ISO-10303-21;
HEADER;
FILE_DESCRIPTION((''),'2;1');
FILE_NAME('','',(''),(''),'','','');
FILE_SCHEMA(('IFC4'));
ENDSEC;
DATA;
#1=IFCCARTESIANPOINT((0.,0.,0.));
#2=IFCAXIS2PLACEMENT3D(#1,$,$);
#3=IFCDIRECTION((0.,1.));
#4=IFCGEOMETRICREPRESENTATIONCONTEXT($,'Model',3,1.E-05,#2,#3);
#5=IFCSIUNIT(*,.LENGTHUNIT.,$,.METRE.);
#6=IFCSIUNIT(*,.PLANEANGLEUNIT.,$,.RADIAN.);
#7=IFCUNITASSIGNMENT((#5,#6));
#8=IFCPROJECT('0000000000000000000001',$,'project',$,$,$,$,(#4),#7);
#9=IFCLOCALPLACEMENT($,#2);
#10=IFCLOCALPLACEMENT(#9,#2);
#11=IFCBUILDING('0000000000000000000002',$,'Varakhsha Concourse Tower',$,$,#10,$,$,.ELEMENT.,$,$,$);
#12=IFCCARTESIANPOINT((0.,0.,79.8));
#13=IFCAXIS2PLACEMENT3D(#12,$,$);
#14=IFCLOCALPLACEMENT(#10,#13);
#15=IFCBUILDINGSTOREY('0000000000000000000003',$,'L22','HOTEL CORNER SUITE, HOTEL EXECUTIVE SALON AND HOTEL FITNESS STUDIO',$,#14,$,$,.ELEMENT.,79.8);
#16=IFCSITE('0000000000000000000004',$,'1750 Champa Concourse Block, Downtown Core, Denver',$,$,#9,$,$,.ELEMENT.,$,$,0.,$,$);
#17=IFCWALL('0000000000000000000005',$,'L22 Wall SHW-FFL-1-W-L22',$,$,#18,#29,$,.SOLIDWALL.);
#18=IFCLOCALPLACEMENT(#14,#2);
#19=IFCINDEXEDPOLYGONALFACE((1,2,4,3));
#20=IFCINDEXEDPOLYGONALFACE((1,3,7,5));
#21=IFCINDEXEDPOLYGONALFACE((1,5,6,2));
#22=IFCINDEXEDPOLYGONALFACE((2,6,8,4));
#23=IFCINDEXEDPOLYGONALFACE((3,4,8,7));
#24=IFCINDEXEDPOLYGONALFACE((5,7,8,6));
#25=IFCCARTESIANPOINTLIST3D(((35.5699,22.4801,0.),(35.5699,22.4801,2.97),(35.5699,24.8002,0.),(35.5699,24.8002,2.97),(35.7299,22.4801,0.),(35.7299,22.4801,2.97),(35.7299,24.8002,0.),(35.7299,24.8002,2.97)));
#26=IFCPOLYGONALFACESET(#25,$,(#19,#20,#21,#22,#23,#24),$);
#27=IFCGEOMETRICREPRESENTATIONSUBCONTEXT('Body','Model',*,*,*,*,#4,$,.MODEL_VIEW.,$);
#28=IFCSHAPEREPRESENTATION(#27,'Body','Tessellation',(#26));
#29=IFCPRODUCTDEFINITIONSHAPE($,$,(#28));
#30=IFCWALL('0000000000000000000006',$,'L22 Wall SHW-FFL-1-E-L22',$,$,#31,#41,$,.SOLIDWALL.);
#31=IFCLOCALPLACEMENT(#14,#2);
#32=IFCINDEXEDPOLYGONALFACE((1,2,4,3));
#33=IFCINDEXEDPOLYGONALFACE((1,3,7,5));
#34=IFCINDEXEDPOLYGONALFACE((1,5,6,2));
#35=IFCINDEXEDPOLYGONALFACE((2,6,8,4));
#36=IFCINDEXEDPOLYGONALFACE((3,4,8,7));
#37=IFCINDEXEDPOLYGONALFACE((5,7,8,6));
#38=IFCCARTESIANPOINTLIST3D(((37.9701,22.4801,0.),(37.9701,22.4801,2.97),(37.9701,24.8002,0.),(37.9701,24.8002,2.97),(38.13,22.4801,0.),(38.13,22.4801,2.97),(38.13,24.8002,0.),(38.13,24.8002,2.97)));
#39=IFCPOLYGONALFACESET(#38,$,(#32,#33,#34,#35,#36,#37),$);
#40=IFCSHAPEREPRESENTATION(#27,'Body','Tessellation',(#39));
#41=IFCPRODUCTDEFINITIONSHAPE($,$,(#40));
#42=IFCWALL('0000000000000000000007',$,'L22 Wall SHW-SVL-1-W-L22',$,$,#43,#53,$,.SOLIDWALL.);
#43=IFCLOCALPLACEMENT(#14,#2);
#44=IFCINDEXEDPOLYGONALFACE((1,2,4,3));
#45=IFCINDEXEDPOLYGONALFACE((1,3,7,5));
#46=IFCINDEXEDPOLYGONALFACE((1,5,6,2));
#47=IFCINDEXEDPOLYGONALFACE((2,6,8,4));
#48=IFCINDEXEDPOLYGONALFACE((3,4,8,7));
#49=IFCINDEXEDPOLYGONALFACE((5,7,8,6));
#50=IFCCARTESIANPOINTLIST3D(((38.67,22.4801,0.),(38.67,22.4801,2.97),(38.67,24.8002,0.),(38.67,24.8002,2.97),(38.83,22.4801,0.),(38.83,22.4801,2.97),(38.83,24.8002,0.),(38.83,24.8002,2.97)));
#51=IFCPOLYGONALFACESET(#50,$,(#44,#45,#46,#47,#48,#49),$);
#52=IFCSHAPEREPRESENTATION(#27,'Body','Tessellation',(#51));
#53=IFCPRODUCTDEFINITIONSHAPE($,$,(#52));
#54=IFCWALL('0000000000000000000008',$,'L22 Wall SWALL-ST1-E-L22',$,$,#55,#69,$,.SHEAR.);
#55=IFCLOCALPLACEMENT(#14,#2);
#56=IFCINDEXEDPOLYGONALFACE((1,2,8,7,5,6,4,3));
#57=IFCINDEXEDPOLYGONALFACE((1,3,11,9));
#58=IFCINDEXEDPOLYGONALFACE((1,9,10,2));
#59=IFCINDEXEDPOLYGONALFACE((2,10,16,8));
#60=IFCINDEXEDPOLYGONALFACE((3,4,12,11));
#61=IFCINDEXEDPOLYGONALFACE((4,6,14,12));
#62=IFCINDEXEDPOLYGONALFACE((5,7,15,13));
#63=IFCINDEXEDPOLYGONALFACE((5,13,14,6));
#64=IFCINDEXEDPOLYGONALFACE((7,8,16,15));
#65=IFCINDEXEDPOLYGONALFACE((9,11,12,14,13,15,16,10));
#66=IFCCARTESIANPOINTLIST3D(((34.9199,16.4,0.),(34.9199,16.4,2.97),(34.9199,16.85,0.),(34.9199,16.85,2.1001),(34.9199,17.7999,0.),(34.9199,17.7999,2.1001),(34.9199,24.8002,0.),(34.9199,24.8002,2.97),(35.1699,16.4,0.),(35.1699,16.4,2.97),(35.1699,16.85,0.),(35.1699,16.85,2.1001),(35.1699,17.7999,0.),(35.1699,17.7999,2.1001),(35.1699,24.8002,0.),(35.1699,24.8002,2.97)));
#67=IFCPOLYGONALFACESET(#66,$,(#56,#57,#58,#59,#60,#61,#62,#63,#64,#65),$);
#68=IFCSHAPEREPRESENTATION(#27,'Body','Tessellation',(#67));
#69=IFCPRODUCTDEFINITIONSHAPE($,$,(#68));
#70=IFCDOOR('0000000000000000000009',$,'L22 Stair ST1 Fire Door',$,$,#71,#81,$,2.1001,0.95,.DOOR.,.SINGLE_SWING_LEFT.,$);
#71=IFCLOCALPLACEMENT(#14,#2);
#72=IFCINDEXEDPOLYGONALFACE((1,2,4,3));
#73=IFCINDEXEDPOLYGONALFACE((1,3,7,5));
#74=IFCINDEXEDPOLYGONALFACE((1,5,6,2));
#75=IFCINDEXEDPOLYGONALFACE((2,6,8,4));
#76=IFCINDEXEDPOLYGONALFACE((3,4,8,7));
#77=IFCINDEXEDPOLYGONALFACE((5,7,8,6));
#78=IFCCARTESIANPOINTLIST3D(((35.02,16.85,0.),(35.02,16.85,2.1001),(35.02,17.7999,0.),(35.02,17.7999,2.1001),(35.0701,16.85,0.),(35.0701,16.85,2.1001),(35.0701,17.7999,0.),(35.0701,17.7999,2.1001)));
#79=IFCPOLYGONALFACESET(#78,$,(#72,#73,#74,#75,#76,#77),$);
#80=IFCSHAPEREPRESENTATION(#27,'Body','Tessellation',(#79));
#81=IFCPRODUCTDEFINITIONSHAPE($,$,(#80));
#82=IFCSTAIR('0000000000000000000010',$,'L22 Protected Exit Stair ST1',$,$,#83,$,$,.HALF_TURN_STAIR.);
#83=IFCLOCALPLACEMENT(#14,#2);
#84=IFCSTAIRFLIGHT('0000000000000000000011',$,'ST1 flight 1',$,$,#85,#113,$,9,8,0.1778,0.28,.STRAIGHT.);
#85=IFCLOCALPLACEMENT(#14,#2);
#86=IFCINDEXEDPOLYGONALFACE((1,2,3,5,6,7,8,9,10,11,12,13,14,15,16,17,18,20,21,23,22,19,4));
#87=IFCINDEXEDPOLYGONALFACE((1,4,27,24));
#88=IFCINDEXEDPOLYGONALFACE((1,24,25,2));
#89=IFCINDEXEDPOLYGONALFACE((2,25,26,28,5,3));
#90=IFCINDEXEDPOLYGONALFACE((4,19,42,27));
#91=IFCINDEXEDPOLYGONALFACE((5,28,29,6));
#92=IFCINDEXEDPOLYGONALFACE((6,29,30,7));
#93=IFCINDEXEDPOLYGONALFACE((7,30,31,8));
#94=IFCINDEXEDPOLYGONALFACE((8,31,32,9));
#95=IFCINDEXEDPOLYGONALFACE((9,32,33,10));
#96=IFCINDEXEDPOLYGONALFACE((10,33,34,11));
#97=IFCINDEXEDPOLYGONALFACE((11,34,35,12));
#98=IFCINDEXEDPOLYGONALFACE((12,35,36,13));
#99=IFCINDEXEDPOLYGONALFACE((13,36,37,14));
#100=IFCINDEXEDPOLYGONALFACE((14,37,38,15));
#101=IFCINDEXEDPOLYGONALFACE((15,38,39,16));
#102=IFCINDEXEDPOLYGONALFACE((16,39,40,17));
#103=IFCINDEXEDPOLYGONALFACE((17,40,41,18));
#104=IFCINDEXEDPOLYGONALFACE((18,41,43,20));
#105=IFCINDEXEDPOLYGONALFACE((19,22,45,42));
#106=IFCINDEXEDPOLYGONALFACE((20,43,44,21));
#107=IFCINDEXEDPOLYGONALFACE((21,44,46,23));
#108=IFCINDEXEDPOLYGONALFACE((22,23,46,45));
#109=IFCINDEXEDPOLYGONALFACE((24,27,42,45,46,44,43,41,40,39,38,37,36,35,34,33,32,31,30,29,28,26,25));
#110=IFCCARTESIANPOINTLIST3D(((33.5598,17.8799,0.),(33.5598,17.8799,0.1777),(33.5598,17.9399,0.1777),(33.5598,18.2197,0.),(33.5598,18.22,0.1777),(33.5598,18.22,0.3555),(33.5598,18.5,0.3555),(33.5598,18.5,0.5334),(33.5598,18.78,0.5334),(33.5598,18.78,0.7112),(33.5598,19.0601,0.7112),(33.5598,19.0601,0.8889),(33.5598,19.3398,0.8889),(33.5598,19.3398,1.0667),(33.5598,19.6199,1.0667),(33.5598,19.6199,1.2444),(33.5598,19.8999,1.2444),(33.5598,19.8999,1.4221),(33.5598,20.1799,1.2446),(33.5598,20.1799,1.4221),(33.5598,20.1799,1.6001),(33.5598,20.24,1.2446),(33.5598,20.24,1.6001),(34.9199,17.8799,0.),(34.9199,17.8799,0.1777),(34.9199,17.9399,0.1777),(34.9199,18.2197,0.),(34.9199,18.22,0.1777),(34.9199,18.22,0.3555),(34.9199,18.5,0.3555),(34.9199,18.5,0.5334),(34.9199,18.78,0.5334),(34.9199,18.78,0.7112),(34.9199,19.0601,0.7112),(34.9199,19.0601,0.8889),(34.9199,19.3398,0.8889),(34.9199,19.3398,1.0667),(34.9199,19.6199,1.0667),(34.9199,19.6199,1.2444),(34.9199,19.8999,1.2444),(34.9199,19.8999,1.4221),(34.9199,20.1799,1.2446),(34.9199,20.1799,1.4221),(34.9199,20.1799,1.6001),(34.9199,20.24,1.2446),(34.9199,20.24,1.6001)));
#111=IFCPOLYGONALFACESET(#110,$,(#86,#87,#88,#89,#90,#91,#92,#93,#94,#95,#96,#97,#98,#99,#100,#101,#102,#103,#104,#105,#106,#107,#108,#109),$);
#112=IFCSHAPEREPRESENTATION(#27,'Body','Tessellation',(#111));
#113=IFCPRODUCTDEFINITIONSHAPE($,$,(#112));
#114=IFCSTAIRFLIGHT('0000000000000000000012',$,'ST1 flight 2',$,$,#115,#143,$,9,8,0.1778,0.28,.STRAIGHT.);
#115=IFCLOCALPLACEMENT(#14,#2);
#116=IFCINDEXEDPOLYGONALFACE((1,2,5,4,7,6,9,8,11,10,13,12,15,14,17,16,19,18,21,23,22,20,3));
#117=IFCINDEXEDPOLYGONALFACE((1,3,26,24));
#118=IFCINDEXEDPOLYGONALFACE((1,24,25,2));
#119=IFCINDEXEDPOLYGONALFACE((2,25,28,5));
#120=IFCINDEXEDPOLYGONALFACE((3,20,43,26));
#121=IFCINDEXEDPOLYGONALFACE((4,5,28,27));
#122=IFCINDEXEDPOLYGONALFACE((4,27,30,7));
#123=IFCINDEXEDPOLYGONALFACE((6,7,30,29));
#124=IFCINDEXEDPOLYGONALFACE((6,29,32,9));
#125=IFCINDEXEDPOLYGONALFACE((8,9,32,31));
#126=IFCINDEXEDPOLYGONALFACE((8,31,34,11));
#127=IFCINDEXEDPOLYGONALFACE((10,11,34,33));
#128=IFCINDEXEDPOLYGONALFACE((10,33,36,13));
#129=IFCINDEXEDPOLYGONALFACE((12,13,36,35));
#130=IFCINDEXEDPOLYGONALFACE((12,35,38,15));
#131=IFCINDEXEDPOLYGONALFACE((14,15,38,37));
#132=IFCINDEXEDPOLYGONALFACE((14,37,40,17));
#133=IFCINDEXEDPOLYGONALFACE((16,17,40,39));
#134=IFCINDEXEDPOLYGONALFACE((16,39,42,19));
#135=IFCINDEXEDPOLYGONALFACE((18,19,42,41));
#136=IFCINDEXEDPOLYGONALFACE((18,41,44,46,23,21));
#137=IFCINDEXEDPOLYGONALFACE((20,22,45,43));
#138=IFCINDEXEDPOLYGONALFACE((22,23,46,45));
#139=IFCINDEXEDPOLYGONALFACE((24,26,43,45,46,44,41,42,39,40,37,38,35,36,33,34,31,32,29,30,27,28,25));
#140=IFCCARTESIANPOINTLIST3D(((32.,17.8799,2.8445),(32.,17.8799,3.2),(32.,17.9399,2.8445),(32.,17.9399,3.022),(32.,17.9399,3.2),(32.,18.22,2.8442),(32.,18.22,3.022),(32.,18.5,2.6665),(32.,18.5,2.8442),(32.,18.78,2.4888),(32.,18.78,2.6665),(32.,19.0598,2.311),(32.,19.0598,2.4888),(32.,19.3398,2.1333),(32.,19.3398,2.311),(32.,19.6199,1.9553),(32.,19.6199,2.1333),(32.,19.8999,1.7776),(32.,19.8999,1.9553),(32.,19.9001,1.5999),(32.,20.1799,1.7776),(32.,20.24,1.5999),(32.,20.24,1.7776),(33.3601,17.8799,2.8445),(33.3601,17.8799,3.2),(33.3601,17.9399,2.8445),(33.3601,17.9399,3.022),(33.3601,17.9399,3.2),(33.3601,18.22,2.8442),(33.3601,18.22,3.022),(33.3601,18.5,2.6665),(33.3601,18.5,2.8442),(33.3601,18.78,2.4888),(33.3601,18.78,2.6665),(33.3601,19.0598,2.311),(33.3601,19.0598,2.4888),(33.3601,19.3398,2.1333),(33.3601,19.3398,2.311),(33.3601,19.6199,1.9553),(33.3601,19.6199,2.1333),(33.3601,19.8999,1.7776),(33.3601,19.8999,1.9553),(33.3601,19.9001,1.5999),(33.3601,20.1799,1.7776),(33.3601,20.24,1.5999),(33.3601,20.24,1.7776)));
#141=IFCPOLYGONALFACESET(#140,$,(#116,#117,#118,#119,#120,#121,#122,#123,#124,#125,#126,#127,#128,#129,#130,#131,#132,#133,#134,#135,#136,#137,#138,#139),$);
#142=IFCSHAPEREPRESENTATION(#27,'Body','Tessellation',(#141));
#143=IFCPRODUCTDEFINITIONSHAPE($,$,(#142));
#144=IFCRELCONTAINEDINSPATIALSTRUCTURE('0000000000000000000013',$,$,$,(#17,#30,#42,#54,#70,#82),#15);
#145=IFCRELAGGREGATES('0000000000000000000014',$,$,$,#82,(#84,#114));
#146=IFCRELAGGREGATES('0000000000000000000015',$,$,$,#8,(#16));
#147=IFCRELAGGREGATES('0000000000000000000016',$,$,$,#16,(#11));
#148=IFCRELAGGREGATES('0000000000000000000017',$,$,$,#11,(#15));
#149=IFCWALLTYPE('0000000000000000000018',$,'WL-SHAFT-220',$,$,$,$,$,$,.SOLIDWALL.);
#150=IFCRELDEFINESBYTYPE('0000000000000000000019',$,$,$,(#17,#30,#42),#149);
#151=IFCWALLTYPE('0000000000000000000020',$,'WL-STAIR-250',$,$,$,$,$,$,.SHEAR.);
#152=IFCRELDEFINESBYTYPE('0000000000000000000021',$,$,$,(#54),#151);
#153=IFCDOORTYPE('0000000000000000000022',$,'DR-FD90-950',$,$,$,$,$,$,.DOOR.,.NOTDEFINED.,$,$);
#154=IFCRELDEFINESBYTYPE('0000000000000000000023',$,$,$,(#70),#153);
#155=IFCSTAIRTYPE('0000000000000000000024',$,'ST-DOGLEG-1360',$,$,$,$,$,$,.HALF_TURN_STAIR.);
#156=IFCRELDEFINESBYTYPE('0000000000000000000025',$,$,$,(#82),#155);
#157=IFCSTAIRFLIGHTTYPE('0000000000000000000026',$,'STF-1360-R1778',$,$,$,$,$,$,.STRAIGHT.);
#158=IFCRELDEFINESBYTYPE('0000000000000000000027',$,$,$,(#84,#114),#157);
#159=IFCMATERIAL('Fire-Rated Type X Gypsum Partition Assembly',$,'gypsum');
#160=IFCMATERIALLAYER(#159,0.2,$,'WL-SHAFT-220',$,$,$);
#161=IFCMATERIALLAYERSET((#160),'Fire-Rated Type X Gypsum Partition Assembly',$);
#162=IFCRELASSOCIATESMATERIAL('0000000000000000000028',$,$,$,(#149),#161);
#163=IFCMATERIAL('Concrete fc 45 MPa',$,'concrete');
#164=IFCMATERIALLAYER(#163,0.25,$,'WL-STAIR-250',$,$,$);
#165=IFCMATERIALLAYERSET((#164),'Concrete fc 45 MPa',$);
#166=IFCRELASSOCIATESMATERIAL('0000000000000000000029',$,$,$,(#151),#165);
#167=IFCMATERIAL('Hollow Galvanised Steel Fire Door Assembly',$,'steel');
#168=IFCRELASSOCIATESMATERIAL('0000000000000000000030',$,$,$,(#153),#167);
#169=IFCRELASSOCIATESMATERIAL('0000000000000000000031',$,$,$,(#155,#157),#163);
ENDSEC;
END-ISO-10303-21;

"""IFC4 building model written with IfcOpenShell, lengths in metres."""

from ifc_helpers import new_model, si_unit, direction, frame, frame_2d, origin, place, context, subcontext, project, spatial, polyline, rectangle, outline, extrude, material, layer, layer_set, type_object, element, fill, aggregate, save


model = new_model("IFC4")

# Units and contexts
model_context = context("Model", 3, precision=1e-05, world=origin(), true_north=direction((0.0, 1.0)))
body_context = subcontext(model_context, "Body", "Model", "MODEL_VIEW")
ifc_project = project(units=[si_unit("LENGTHUNIT", "METRE"), si_unit("PLANEANGLEUNIT", "RADIAN")], contexts=[model_context])

# Site, building, storey
site_placement = place(None, origin())
site = spatial("IfcSite", under=ifc_project, at=site_placement, Name="1750 Champa Concourse Block, Downtown Core, Denver", CompositionType="ELEMENT", RefElevation=0.0)
building_placement = place(site_placement, origin())
building = spatial("IfcBuilding", under=site, at=building_placement, Name="Varakhsha Concourse Tower", CompositionType="ELEMENT")
storey_placement = place(building_placement, frame((0.0, 0.0, 79.8)))
storey = spatial("IfcBuildingStorey", under=building, at=storey_placement, Name="L22", Description="HOTEL CORNER SUITE, HOTEL EXECUTIVE SALON AND HOTEL FITNESS STUDIO", CompositionType="ELEMENT", Elevation=79.8)

# Shared definitions
ifc_material_1 = material(Name="Hollow Galvanised Steel Fire Door Assembly", Category="steel")

# Shared definitions
ifc_material_2 = material(Name="Fire-Rated Type X Gypsum Partition Assembly", Category="gypsum")

# Shared definitions
ifc_layer_1 = layer(ifc_material_2, 0.2, Name="WL-SHAFT-220")
ifc_layer_set_1 = layer_set([ifc_layer_1], Name="Fire-Rated Type X Gypsum Partition Assembly")
wall_type_1 = type_object("IfcWallType", Name="WL-SHAFT-220", PredefinedType="SOLIDWALL", material=ifc_layer_set_1)

# Walls
for number, where, z_axis, x_axis, name in (
    (1, (35.6499, 22.48, 0.0), (0.0, 0.0, 1.0), (0.0, 1.0, 0.0), "L22 Wall SHW-FFL-1-W-L22"),
    (2, (38.05, 22.48, 0.0), (0.0, 0.0, 1.0), (0.0, 1.0, 0.0), "L22 Wall SHW-FFL-1-E-L22"),
    (3, (38.75, 22.48, 0.0), (0.0, 0.0, 1.0), (0.0, 1.0, 0.0), "L22 Wall SHW-SVL-1-W-L22"),
):
    element("IfcWall", number, at=place(storey_placement, frame(where, z_axis=z_axis, x_axis=x_axis)), inside=storey, type_object=wall_type_1, Name=name, PredefinedType="SOLIDWALL", context=body_context, shape_type="SweptSolid", body=[
        extrude(rectangle(XDim=2.3201, YDim=0.1599, at=frame_2d((1.1602, 0.0))), origin(), (0.0, 0.0, 1.0), 2.97),
    ])

# Wall, opening, door
ifc_material_3 = material(Name="Concrete fc 45 MPa", Category="concrete")
ifc_layer_2 = layer(ifc_material_3, 0.25, Name="WL-STAIR-250")
ifc_layer_set_2 = layer_set([ifc_layer_2], Name="Concrete fc 45 MPa")
wall_type_2 = type_object("IfcWallType", Name="WL-STAIR-250", PredefinedType="SHEAR", material=ifc_layer_set_2)
wall_1_placement = place(storey_placement, frame((35.0449, 16.3999, 0.0), z_axis=(0.0, 0.0, 1.0), x_axis=(0.0, 1.0, 0.0)))
wall_1 = element("IfcWall", 4, at=wall_1_placement, inside=storey, type_object=wall_type_2, Name="L22 Wall SWALL-ST1-E-L22", PredefinedType="SHEAR", context=body_context, shape_type="SweptSolid", body=[
    extrude(rectangle(XDim=8.4001, YDim=0.25, at=frame_2d((4.2002, 0.0))), origin(), (0.0, 0.0, 1.0), 2.97),
])
opening_1_placement = place(wall_1_placement, frame((0.45, 0.0, 0.0)))
opening_1 = element("IfcOpeningElement", 5, at=opening_1_placement, cuts=wall_1, PredefinedType="OPENING", context=body_context, shape_type="SweptSolid", body=[
    extrude(rectangle(XDim=0.95, YDim=2.1001, at=frame_2d((0.4751, 1.05))), frame((0.0, 0.135, 0.0), z_axis=(0.0, -1.0, 0.0), x_axis=(1.0, 0.0, 0.0)), (0.0, 0.0, 1.0), 0.27),
])
door_type_1 = type_object("IfcDoorType", Name="DR-FD90-950", OperationType="NOTDEFINED", PredefinedType="DOOR", material=ifc_material_1)
door_1_placement = place(opening_1_placement, origin())
door_1 = element("IfcDoor", 6, at=door_1_placement, inside=storey, type_object=door_type_1, Name="L22 Stair ST1 Fire Door", OperationType="SINGLE_SWING_LEFT", OverallHeight=2.1001, OverallWidth=0.95, PredefinedType="DOOR", context=body_context, shape_type="SweptSolid", body=[
    extrude(rectangle(XDim=0.95, YDim=2.1001, at=frame_2d((0.4751, 1.05))), frame((0.0, 0.0249, 0.0), z_axis=(0.0, -1.0, 0.0), x_axis=(1.0, 0.0, 0.0)), (0.0, 0.0, 1.0), 0.05),
])
fill(opening_1, door_1)

# Stair, stair flights
stair_type = type_object("IfcStairType", Name="ST-DOGLEG-1360", PredefinedType="HALF_TURN_STAIR", material=ifc_material_3)
stair_placement = place(storey_placement, origin())
stair = element("IfcStair", 7, at=stair_placement, inside=storey, type_object=stair_type, Name="L22 Protected Exit Stair ST1", PredefinedType="HALF_TURN_STAIR")
stair_flight_type = type_object("IfcStairFlightType", Name="STF-1360-R1778", PredefinedType="STRAIGHT", material=ifc_material_3)
stair_flight_1_placement = place(storey_placement, frame((34.24, 17.9399, 0.0), z_axis=(0.0, 0.0, 1.0), x_axis=(0.0, 1.0, 0.0)))
stair_flight_1 = element("IfcStairFlight", 8, at=stair_flight_1_placement, type_object=stair_flight_type, Name="ST1 flight 1", NumberOfRisers=9, NumberOfTreads=8, PredefinedType="STRAIGHT", RiserHeight=0.1778, TreadLength=0.28, context=body_context, shape_type="SweptSolid", body=[
    extrude(outline(polyline([(-0.0601, 0.0), (-0.0601, 0.1777), (0.0, 0.1777), (0.28, 0.1777), (0.28, 0.3555), (0.5601, 0.3555), (0.5601, 0.5334), (0.8401, 0.5334), (0.8401, 0.7112), (1.1201, 0.7112), (1.1201, 0.8889), (1.3999, 0.8889), (1.3999, 1.0667), (1.6799, 1.0667), (1.6799, 1.2444), (1.96, 1.2444), (1.96, 1.4221), (2.24, 1.4221), (2.24, 1.6001), (2.3, 1.6001), (2.3, 1.2446), (2.24, 1.2446), (0.2798, 0.0), (-0.0601, 0.0)])), frame((0.0, 0.6802, 0.0), z_axis=(0.0, -1.0, 0.0), x_axis=(1.0, 0.0, 0.0)), (0.0, 0.0, 1.0), 1.3601),
])
stair_flight_2_placement = place(storey_placement, frame((32.6799, 20.1799, 1.5999), z_axis=(0.0, 0.0, 1.0), x_axis=(0.0, -1.0, 0.0)))
stair_flight_2 = element("IfcStairFlight", 9, at=stair_flight_2_placement, type_object=stair_flight_type, Name="ST1 flight 2", NumberOfRisers=9, NumberOfTreads=8, PredefinedType="STRAIGHT", RiserHeight=0.1778, TreadLength=0.28, context=body_context, shape_type="SweptSolid", body=[
    extrude(outline(polyline([(-0.0601, 0.0), (-0.0601, 0.1777), (0.0, 0.1777), (0.28, 0.1777), (0.28, 0.3555), (0.5601, 0.3555), (0.5601, 0.5334), (0.8401, 0.5334), (0.8401, 0.7112), (1.1201, 0.7112), (1.1201, 0.8889), (1.3999, 0.8889), (1.3999, 1.0667), (1.6799, 1.0667), (1.6799, 1.2444), (1.96, 1.2444), (1.96, 1.4221), (2.24, 1.4221), (2.24, 1.6001), (2.3, 1.6001), (2.3, 1.2446), (2.24, 1.2446), (0.2798, 0.0), (-0.0601, 0.0)])), frame((0.0, 0.6802, 0.0), z_axis=(0.0, -1.0, 0.0), x_axis=(1.0, 0.0, 0.0)), (0.0, 0.0, 1.0), 1.3601),
])
aggregate(stair, [stair_flight_1, stair_flight_2])

save(model, "model.ifc")
